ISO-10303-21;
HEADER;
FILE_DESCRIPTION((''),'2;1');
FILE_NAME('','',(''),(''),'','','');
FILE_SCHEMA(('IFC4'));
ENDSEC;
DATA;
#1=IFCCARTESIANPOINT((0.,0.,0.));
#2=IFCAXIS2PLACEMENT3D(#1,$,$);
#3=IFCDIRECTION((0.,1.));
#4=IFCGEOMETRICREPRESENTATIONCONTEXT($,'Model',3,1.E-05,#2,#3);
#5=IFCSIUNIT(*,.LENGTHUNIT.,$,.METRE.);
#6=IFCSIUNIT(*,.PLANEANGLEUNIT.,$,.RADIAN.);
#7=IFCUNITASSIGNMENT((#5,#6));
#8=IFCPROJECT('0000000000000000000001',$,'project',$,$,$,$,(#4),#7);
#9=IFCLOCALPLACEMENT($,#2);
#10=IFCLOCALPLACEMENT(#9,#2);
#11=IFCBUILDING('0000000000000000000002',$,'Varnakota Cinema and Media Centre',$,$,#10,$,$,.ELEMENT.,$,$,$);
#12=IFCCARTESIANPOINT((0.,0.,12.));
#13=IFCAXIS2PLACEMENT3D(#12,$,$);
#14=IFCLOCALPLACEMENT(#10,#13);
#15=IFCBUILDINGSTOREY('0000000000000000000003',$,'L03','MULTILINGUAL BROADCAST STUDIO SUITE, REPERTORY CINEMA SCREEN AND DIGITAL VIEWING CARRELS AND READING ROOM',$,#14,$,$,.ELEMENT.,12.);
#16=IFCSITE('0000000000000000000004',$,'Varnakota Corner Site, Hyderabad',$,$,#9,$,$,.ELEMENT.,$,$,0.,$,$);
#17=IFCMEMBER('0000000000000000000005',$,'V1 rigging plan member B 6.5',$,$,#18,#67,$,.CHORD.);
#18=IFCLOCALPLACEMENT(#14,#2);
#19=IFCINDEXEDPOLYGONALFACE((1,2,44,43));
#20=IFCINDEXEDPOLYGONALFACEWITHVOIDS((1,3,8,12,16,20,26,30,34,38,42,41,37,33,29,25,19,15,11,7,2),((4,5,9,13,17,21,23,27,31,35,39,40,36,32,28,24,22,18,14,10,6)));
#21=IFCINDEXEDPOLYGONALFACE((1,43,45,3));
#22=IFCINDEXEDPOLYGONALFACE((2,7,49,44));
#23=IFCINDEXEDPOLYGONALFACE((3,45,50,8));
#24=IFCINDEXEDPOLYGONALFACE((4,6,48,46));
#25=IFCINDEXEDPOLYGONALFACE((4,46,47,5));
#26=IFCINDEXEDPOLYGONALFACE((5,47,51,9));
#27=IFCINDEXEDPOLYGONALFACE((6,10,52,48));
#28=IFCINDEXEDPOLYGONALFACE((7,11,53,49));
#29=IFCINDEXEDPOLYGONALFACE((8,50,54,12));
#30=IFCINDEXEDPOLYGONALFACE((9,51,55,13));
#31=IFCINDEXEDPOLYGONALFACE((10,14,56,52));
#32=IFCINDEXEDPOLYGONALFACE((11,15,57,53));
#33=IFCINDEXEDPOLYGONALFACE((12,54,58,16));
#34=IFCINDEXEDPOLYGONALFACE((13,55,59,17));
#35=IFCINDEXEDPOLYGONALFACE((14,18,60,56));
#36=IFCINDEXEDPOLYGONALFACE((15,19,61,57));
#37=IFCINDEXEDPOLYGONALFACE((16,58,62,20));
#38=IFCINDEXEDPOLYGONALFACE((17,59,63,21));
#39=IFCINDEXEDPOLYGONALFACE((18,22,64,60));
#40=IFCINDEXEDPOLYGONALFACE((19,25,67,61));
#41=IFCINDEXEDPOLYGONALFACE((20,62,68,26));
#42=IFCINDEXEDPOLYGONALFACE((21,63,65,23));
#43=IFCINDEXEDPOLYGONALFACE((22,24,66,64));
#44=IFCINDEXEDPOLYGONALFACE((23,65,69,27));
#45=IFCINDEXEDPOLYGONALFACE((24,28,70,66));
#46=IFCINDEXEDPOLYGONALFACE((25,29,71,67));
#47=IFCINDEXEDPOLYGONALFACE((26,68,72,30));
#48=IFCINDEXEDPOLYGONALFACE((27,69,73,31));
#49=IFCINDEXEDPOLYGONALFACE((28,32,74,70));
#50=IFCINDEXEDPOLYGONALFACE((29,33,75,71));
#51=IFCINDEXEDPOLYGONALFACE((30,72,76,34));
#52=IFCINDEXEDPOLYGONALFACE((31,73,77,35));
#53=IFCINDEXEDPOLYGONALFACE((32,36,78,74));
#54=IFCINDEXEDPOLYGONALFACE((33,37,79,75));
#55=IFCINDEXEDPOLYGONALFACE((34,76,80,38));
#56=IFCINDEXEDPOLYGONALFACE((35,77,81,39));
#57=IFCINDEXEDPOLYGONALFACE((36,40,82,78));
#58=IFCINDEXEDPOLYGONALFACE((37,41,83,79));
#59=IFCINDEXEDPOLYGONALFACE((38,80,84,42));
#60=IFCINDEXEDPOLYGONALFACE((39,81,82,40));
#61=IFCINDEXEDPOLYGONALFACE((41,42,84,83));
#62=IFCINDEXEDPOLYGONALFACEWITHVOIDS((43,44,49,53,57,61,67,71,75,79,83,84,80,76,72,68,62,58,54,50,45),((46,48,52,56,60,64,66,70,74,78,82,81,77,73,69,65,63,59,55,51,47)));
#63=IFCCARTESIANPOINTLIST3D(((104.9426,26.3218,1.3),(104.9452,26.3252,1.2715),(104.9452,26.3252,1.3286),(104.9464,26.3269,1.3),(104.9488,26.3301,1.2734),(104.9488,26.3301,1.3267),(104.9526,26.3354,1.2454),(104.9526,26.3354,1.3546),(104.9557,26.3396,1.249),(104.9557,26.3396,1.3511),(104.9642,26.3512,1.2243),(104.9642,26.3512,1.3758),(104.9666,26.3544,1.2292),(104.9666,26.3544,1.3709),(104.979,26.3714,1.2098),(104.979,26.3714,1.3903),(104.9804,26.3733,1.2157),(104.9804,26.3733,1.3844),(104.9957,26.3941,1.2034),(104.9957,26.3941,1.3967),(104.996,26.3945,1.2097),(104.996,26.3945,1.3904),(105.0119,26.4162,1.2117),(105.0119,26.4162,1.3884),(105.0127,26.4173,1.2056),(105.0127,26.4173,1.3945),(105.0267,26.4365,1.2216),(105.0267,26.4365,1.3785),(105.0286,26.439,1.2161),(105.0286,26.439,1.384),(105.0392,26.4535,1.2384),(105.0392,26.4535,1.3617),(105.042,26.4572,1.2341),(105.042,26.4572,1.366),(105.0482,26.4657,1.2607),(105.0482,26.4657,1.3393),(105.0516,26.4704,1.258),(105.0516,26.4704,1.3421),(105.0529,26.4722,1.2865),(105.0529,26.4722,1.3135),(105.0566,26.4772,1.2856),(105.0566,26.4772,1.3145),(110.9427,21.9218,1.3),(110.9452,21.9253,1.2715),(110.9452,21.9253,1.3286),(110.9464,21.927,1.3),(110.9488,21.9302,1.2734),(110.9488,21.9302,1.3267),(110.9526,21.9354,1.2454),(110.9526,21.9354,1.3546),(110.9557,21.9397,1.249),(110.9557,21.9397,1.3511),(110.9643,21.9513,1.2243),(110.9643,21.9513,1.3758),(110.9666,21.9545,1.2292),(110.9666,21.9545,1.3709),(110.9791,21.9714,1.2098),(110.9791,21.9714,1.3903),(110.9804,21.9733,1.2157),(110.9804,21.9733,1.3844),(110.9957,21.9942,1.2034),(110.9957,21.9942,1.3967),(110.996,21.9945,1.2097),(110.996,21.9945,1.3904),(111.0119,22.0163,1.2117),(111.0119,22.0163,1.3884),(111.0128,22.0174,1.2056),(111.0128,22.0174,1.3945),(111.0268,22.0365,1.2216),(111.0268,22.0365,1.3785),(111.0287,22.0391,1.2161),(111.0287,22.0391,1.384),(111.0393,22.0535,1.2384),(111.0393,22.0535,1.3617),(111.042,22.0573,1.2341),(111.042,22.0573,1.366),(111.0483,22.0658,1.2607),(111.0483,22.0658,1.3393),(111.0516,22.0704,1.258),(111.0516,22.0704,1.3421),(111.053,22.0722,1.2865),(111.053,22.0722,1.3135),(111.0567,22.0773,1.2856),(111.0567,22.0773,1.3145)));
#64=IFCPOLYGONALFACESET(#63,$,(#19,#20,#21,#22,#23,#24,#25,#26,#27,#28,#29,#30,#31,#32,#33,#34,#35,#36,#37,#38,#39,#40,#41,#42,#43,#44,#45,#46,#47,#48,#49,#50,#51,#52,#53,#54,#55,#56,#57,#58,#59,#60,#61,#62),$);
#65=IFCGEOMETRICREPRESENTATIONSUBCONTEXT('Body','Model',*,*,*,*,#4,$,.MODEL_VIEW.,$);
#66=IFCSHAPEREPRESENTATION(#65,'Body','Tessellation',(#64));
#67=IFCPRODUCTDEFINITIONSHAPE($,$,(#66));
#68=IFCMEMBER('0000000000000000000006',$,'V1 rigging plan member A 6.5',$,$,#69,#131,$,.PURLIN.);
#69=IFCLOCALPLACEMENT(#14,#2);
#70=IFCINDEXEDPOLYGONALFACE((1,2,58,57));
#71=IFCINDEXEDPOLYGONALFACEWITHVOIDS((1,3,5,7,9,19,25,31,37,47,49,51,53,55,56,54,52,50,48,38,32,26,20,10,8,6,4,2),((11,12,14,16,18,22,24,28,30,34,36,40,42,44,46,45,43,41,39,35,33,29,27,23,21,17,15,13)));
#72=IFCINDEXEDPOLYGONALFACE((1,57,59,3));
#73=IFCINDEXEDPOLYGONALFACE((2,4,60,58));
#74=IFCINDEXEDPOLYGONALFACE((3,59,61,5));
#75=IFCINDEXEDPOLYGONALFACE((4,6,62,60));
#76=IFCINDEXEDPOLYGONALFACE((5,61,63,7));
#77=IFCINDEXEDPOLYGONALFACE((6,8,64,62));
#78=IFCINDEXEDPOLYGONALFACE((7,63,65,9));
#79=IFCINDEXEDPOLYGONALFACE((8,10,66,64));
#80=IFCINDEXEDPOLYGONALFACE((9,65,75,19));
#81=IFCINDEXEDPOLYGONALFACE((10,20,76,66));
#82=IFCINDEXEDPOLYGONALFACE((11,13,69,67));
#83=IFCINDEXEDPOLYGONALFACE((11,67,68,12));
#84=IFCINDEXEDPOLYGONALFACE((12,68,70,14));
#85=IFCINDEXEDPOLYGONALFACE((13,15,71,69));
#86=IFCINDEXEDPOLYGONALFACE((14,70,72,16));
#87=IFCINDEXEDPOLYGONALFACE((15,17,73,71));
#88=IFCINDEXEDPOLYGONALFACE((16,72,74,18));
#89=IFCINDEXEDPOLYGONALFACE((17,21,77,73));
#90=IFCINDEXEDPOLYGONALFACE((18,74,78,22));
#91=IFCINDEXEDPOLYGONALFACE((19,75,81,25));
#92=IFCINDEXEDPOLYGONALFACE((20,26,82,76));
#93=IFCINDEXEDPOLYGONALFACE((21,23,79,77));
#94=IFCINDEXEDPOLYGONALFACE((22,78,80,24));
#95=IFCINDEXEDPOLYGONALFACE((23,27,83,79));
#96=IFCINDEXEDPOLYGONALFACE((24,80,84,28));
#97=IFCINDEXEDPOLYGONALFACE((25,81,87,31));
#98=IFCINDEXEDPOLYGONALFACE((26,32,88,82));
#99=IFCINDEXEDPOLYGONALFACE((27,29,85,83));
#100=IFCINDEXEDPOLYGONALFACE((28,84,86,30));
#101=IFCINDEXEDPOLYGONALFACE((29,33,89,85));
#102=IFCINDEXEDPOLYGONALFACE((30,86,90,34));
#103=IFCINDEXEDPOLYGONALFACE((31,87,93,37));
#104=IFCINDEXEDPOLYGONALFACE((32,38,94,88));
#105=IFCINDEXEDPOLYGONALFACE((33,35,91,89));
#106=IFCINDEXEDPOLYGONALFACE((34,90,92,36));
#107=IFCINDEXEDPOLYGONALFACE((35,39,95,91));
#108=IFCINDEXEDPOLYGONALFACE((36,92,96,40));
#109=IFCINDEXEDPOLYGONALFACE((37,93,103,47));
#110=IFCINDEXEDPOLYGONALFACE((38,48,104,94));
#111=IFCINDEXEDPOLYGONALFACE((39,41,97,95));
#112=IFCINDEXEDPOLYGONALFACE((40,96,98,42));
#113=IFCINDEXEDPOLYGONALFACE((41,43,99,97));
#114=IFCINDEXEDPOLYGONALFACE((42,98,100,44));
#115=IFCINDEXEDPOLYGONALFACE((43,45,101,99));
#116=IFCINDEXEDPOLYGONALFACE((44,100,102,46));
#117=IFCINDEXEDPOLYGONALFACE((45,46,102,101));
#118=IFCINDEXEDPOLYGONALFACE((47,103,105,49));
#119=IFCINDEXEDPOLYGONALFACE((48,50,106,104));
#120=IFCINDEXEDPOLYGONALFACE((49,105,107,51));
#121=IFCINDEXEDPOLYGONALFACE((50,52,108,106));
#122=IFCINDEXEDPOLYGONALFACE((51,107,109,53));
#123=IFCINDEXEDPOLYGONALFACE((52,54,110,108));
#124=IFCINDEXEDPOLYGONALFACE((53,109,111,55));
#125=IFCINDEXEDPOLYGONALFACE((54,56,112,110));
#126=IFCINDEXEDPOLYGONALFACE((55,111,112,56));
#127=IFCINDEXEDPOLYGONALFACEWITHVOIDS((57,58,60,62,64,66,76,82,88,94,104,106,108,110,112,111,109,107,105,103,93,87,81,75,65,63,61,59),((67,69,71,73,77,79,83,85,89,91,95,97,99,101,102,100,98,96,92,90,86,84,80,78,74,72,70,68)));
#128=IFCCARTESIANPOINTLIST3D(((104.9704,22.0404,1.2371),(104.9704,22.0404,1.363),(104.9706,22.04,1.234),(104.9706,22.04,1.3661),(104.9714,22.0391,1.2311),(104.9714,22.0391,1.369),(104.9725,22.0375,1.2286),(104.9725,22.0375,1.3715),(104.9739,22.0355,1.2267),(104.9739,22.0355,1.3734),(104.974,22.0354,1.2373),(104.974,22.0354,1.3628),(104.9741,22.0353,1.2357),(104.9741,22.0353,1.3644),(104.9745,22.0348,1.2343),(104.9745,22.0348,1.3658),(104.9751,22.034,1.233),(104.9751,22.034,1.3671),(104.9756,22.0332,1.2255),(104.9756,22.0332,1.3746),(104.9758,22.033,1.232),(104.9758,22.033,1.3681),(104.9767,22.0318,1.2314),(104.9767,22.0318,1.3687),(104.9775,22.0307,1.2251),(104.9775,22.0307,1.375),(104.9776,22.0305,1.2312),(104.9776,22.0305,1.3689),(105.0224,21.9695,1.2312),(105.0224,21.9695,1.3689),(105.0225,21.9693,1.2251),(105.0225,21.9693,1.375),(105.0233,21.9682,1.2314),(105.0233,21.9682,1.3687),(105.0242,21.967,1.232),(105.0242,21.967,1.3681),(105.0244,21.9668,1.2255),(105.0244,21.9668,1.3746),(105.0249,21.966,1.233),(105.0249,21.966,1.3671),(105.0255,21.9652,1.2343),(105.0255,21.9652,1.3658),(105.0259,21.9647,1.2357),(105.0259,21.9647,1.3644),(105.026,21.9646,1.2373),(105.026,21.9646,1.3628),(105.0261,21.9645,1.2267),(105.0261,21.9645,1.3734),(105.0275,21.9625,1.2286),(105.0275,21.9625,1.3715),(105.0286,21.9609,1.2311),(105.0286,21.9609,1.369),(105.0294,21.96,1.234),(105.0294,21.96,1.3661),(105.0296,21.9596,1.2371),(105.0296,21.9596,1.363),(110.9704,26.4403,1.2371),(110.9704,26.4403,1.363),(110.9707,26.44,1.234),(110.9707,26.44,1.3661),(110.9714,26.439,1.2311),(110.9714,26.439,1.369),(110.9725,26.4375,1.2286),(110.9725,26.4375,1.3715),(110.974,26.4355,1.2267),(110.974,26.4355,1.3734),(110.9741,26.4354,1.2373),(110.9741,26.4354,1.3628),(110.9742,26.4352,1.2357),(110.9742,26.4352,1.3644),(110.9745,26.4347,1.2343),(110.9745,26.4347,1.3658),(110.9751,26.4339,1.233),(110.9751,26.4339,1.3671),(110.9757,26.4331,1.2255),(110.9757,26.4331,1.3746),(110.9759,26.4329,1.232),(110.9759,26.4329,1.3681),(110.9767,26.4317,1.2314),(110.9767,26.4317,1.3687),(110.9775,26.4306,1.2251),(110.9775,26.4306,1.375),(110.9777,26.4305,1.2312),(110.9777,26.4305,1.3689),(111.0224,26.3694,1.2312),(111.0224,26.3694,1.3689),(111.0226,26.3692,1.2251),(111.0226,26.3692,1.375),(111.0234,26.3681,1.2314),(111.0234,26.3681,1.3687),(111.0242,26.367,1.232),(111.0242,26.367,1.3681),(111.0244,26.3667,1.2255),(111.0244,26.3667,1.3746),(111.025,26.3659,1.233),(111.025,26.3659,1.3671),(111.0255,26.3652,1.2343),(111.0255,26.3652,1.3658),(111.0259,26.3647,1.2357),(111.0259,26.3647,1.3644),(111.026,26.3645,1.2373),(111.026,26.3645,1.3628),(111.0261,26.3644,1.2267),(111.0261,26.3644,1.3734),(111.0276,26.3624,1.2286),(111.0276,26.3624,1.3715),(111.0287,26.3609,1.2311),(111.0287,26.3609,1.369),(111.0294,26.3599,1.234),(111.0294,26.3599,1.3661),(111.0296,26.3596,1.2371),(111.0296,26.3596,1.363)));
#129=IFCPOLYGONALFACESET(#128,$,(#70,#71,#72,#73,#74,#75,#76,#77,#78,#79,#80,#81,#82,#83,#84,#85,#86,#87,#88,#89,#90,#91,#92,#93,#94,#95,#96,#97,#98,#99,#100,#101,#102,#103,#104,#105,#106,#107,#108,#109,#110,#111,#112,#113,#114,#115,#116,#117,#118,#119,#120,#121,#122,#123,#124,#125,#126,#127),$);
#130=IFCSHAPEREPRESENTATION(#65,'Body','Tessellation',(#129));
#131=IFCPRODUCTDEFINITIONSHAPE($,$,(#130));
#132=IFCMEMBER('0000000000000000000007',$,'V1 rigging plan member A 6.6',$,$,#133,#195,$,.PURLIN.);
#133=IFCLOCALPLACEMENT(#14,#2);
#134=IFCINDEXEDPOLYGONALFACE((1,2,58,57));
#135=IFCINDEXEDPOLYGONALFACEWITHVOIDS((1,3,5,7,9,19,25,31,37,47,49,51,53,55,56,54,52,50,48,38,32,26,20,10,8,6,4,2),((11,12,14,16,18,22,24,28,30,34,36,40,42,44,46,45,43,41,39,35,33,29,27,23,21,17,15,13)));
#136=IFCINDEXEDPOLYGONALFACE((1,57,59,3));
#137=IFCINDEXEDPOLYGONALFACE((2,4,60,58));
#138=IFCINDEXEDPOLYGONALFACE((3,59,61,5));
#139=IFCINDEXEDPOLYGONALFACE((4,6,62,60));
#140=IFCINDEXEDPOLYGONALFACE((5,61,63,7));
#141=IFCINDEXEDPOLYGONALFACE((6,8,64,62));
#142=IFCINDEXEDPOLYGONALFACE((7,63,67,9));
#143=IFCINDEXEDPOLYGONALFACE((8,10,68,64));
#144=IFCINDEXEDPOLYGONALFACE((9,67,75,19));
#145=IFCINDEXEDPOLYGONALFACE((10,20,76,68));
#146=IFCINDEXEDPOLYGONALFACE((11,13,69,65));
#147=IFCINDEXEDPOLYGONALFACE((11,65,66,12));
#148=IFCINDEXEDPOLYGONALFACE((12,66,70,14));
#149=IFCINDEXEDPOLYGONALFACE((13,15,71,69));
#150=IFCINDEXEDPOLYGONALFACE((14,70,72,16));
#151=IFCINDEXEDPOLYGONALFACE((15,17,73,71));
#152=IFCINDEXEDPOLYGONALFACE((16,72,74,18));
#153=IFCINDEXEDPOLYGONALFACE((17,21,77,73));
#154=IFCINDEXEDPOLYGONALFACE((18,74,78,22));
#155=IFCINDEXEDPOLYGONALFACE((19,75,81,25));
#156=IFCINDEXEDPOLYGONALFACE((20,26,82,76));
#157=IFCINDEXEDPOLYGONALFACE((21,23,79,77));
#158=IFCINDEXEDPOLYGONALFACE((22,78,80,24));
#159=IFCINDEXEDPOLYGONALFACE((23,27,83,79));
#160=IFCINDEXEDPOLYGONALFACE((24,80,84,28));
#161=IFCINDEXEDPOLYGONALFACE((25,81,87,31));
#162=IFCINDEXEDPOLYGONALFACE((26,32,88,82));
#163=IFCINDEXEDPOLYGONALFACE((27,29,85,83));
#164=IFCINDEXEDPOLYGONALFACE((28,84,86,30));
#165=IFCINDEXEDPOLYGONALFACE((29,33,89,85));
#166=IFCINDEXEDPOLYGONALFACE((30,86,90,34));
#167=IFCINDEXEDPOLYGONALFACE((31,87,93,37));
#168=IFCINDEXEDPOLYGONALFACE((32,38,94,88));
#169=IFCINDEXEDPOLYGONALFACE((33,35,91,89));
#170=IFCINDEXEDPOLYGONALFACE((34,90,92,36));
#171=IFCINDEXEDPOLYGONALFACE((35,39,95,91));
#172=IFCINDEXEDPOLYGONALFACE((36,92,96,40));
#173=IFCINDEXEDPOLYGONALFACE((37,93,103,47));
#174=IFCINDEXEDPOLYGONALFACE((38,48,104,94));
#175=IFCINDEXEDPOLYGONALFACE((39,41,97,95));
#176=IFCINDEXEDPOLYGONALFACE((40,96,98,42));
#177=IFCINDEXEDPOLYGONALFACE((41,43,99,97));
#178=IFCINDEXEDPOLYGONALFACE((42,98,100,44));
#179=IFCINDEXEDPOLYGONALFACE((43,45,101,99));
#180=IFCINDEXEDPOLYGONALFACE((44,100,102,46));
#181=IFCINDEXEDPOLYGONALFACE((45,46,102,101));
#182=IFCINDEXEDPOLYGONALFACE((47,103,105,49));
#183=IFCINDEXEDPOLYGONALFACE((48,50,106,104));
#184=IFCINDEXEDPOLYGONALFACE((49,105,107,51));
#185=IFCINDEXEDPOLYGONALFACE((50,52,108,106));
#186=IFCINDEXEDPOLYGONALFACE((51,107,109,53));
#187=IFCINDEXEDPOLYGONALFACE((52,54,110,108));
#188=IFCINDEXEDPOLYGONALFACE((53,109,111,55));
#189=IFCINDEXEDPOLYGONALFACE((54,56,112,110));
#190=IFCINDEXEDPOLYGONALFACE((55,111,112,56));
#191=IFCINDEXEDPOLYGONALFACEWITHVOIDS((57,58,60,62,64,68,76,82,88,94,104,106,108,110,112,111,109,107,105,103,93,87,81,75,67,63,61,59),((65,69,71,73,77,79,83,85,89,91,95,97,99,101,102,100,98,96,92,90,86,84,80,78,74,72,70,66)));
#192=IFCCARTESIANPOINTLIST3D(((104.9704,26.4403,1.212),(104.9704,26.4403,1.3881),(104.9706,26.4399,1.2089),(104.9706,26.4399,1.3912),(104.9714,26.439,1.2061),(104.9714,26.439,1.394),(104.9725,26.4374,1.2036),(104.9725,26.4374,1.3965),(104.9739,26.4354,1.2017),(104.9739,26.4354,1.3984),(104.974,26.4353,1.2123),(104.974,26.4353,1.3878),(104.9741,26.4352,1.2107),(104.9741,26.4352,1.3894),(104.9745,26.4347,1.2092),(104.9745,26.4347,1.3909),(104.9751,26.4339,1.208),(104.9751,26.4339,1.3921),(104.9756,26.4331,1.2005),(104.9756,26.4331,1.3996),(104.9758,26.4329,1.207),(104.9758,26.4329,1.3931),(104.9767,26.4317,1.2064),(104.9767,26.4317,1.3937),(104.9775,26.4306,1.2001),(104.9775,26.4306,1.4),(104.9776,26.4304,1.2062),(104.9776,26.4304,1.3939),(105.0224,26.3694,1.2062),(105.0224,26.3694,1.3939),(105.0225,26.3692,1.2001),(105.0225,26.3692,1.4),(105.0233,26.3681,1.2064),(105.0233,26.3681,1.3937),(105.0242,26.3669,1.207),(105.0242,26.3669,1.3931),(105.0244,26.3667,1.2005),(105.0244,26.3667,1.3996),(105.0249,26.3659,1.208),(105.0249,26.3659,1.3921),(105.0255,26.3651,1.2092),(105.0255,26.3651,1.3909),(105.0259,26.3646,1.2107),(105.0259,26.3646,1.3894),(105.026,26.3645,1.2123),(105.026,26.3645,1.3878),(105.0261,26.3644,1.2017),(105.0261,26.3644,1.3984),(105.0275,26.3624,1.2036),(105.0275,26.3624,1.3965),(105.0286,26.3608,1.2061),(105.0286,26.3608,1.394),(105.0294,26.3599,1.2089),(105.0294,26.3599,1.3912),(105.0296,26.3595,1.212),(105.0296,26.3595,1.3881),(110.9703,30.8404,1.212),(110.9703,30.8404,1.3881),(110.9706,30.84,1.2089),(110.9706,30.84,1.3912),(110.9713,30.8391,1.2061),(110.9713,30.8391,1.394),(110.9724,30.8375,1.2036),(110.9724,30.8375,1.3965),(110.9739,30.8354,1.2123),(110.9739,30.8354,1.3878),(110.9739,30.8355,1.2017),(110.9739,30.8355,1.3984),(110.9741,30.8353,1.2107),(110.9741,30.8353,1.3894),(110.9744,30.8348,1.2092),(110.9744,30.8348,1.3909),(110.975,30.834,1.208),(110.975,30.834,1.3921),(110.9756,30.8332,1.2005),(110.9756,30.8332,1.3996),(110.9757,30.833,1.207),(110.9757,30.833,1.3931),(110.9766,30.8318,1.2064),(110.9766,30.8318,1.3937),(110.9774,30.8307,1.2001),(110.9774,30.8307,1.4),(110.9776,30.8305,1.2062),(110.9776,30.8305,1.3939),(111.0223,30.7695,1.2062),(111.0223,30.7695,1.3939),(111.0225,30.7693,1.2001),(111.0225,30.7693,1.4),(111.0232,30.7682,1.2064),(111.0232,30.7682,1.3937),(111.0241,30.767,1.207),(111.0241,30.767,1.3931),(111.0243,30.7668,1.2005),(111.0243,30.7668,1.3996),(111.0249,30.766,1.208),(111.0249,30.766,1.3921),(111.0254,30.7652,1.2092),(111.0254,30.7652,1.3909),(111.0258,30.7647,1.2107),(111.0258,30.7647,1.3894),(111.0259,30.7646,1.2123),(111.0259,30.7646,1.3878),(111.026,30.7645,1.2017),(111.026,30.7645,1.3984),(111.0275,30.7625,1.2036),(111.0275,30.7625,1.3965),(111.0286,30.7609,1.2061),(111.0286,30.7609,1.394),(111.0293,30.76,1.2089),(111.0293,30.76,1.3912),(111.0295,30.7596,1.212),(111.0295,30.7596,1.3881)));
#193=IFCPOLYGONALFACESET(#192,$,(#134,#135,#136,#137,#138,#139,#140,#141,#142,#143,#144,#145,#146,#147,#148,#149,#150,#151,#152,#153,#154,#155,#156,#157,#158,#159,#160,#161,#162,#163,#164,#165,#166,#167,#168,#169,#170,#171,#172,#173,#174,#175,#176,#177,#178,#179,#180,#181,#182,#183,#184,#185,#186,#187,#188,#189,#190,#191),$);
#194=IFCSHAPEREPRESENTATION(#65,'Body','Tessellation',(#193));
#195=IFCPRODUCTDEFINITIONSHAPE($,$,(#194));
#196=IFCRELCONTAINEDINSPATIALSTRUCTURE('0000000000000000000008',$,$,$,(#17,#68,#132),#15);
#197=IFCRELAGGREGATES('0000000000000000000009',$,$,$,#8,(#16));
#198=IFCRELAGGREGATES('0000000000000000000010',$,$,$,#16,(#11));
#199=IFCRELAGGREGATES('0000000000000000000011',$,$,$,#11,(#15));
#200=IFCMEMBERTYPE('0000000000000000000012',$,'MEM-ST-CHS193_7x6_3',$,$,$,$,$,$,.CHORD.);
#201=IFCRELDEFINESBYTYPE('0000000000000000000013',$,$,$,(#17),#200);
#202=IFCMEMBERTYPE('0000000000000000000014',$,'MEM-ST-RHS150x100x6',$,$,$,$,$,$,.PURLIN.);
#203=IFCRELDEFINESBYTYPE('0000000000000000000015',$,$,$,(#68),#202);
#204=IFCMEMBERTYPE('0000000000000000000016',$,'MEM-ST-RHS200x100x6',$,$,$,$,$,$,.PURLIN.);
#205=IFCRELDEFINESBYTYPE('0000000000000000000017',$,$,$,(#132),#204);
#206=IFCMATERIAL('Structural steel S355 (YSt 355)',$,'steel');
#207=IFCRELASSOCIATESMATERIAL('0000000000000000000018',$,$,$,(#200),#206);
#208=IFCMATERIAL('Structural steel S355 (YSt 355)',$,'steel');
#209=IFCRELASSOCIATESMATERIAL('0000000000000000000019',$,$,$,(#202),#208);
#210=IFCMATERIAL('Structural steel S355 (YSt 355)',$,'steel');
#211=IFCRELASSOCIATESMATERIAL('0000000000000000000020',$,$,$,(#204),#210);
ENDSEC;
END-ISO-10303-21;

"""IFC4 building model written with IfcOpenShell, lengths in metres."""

from ifc_helpers import new_model, si_unit, direction, frame, origin, origin_2d, place, context, subcontext, project, spatial, hollow_rectangle, hollow_circle, extrude, material, material_profile, profile_set, type_object, element, save


model = new_model("IFC4")

# Units and contexts
model_context = context("Model", 3, precision=1e-05, world=origin(), true_north=direction((0.0, 1.0)))
body_context = subcontext(model_context, "Body", "Model", "MODEL_VIEW")
ifc_project = project(units=[si_unit("LENGTHUNIT", "METRE"), si_unit("PLANEANGLEUNIT", "RADIAN")], contexts=[model_context])

# Site, building, storey
site_placement = place(None, origin())
site = spatial("IfcSite", under=ifc_project, at=site_placement, Name="Varnakota Corner Site, Hyderabad", CompositionType="ELEMENT", RefElevation=0.0)
building_placement = place(site_placement, origin())
building = spatial("IfcBuilding", under=site, at=building_placement, Name="Varnakota Cinema and Media Centre", CompositionType="ELEMENT")
storey_placement = place(building_placement, frame((0.0, 0.0, 12.0)))
storey = spatial("IfcBuildingStorey", under=building, at=storey_placement, Name="L03", Description="MULTILINGUAL BROADCAST STUDIO SUITE, REPERTORY CINEMA SCREEN AND DIGITAL VIEWING CARRELS AND READING ROOM", CompositionType="ELEMENT", Elevation=12.0)

# Members
ifc_material_1 = material(Name="Structural steel S355 (YSt 355)", Category="steel")
ifc_material_profile_1 = material_profile(ifc_material_1, hollow_circle(Radius=0.0969, WallThickness=0.0063, at=origin_2d()), Name="CHS 193.7x6.3")
ifc_profile_set_1 = profile_set([ifc_material_profile_1], Name="Structural steel S355 (YSt 355)")
member_type_1 = type_object("IfcMemberType", Name="MEM-ST-CHS193_7x6_3", PredefinedType="CHORD", material=ifc_profile_set_1)
member_1_placement = place(storey_placement, frame((111.0, 22.0, 1.3), z_axis=(-0.806411, 0.591355, 0.0), x_axis=(-0.591355, -0.806411, 0.0)))
element("IfcMember", 1, at=member_1_placement, inside=storey, type_object=member_type_1, Name="V1 rigging plan member B 6.5", PredefinedType="CHORD", context=body_context, shape_type="SweptSolid", body=[
    extrude(hollow_circle(Radius=0.0969, WallThickness=0.0063, at=origin_2d()), origin(), (0.0, 0.0, 1.0), 7.4404),
])
ifc_material_2 = material(Name="Structural steel S355 (YSt 355)", Category="steel")
ifc_material_profile_2 = material_profile(ifc_material_2, hollow_rectangle(XDim=0.1001, YDim=0.1499, WallThickness=0.0061, InnerFilletRadius=0.0061, OuterFilletRadius=0.012, at=origin_2d()), Name="RHS 150x100x6")
ifc_profile_set_2 = profile_set([ifc_material_profile_2], Name="Structural steel S355 (YSt 355)")
member_type_2 = type_object("IfcMemberType", Name="MEM-ST-RHS150x100x6", PredefinedType="PURLIN", material=ifc_profile_set_2)
member_2_placement = place(storey_placement, frame((105.0, 22.0, 1.3), z_axis=(0.806411, 0.591355, 0.0), x_axis=(-0.591355, 0.806411, 0.0)))
element("IfcMember", 2, at=member_2_placement, inside=storey, type_object=member_type_2, Name="V1 rigging plan member A 6.5", PredefinedType="PURLIN", context=body_context, shape_type="SweptSolid", body=[
    extrude(hollow_rectangle(XDim=0.1001, YDim=0.1499, WallThickness=0.0061, InnerFilletRadius=0.0061, OuterFilletRadius=0.012, at=origin_2d()), origin(), (0.0, 0.0, 1.0), 7.4404),
])
ifc_material_3 = material(Name="Structural steel S355 (YSt 355)", Category="steel")
ifc_material_profile_3 = material_profile(ifc_material_3, hollow_rectangle(XDim=0.1001, YDim=0.2, WallThickness=0.0061, InnerFilletRadius=0.0061, OuterFilletRadius=0.012, at=origin_2d()), Name="RHS 200x100x6")
ifc_profile_set_3 = profile_set([ifc_material_profile_3], Name="Structural steel S355 (YSt 355)")
member_type_3 = type_object("IfcMemberType", Name="MEM-ST-RHS200x100x6", PredefinedType="PURLIN", material=ifc_profile_set_3)
member_3_placement = place(storey_placement, frame((105.0, 26.3999, 1.3), z_axis=(0.806396, 0.591376, 0.0), x_axis=(-0.591376, 0.806396, 0.0)))
element("IfcMember", 3, at=member_3_placement, inside=storey, type_object=member_type_3, Name="V1 rigging plan member A 6.6", PredefinedType="PURLIN", context=body_context, shape_type="SweptSolid", body=[
    extrude(hollow_rectangle(XDim=0.1001, YDim=0.2, WallThickness=0.0061, InnerFilletRadius=0.0061, OuterFilletRadius=0.012, at=origin_2d()), origin(), (0.0, 0.0, 1.0), 7.4404),
])

save(model, "model.ifc")
